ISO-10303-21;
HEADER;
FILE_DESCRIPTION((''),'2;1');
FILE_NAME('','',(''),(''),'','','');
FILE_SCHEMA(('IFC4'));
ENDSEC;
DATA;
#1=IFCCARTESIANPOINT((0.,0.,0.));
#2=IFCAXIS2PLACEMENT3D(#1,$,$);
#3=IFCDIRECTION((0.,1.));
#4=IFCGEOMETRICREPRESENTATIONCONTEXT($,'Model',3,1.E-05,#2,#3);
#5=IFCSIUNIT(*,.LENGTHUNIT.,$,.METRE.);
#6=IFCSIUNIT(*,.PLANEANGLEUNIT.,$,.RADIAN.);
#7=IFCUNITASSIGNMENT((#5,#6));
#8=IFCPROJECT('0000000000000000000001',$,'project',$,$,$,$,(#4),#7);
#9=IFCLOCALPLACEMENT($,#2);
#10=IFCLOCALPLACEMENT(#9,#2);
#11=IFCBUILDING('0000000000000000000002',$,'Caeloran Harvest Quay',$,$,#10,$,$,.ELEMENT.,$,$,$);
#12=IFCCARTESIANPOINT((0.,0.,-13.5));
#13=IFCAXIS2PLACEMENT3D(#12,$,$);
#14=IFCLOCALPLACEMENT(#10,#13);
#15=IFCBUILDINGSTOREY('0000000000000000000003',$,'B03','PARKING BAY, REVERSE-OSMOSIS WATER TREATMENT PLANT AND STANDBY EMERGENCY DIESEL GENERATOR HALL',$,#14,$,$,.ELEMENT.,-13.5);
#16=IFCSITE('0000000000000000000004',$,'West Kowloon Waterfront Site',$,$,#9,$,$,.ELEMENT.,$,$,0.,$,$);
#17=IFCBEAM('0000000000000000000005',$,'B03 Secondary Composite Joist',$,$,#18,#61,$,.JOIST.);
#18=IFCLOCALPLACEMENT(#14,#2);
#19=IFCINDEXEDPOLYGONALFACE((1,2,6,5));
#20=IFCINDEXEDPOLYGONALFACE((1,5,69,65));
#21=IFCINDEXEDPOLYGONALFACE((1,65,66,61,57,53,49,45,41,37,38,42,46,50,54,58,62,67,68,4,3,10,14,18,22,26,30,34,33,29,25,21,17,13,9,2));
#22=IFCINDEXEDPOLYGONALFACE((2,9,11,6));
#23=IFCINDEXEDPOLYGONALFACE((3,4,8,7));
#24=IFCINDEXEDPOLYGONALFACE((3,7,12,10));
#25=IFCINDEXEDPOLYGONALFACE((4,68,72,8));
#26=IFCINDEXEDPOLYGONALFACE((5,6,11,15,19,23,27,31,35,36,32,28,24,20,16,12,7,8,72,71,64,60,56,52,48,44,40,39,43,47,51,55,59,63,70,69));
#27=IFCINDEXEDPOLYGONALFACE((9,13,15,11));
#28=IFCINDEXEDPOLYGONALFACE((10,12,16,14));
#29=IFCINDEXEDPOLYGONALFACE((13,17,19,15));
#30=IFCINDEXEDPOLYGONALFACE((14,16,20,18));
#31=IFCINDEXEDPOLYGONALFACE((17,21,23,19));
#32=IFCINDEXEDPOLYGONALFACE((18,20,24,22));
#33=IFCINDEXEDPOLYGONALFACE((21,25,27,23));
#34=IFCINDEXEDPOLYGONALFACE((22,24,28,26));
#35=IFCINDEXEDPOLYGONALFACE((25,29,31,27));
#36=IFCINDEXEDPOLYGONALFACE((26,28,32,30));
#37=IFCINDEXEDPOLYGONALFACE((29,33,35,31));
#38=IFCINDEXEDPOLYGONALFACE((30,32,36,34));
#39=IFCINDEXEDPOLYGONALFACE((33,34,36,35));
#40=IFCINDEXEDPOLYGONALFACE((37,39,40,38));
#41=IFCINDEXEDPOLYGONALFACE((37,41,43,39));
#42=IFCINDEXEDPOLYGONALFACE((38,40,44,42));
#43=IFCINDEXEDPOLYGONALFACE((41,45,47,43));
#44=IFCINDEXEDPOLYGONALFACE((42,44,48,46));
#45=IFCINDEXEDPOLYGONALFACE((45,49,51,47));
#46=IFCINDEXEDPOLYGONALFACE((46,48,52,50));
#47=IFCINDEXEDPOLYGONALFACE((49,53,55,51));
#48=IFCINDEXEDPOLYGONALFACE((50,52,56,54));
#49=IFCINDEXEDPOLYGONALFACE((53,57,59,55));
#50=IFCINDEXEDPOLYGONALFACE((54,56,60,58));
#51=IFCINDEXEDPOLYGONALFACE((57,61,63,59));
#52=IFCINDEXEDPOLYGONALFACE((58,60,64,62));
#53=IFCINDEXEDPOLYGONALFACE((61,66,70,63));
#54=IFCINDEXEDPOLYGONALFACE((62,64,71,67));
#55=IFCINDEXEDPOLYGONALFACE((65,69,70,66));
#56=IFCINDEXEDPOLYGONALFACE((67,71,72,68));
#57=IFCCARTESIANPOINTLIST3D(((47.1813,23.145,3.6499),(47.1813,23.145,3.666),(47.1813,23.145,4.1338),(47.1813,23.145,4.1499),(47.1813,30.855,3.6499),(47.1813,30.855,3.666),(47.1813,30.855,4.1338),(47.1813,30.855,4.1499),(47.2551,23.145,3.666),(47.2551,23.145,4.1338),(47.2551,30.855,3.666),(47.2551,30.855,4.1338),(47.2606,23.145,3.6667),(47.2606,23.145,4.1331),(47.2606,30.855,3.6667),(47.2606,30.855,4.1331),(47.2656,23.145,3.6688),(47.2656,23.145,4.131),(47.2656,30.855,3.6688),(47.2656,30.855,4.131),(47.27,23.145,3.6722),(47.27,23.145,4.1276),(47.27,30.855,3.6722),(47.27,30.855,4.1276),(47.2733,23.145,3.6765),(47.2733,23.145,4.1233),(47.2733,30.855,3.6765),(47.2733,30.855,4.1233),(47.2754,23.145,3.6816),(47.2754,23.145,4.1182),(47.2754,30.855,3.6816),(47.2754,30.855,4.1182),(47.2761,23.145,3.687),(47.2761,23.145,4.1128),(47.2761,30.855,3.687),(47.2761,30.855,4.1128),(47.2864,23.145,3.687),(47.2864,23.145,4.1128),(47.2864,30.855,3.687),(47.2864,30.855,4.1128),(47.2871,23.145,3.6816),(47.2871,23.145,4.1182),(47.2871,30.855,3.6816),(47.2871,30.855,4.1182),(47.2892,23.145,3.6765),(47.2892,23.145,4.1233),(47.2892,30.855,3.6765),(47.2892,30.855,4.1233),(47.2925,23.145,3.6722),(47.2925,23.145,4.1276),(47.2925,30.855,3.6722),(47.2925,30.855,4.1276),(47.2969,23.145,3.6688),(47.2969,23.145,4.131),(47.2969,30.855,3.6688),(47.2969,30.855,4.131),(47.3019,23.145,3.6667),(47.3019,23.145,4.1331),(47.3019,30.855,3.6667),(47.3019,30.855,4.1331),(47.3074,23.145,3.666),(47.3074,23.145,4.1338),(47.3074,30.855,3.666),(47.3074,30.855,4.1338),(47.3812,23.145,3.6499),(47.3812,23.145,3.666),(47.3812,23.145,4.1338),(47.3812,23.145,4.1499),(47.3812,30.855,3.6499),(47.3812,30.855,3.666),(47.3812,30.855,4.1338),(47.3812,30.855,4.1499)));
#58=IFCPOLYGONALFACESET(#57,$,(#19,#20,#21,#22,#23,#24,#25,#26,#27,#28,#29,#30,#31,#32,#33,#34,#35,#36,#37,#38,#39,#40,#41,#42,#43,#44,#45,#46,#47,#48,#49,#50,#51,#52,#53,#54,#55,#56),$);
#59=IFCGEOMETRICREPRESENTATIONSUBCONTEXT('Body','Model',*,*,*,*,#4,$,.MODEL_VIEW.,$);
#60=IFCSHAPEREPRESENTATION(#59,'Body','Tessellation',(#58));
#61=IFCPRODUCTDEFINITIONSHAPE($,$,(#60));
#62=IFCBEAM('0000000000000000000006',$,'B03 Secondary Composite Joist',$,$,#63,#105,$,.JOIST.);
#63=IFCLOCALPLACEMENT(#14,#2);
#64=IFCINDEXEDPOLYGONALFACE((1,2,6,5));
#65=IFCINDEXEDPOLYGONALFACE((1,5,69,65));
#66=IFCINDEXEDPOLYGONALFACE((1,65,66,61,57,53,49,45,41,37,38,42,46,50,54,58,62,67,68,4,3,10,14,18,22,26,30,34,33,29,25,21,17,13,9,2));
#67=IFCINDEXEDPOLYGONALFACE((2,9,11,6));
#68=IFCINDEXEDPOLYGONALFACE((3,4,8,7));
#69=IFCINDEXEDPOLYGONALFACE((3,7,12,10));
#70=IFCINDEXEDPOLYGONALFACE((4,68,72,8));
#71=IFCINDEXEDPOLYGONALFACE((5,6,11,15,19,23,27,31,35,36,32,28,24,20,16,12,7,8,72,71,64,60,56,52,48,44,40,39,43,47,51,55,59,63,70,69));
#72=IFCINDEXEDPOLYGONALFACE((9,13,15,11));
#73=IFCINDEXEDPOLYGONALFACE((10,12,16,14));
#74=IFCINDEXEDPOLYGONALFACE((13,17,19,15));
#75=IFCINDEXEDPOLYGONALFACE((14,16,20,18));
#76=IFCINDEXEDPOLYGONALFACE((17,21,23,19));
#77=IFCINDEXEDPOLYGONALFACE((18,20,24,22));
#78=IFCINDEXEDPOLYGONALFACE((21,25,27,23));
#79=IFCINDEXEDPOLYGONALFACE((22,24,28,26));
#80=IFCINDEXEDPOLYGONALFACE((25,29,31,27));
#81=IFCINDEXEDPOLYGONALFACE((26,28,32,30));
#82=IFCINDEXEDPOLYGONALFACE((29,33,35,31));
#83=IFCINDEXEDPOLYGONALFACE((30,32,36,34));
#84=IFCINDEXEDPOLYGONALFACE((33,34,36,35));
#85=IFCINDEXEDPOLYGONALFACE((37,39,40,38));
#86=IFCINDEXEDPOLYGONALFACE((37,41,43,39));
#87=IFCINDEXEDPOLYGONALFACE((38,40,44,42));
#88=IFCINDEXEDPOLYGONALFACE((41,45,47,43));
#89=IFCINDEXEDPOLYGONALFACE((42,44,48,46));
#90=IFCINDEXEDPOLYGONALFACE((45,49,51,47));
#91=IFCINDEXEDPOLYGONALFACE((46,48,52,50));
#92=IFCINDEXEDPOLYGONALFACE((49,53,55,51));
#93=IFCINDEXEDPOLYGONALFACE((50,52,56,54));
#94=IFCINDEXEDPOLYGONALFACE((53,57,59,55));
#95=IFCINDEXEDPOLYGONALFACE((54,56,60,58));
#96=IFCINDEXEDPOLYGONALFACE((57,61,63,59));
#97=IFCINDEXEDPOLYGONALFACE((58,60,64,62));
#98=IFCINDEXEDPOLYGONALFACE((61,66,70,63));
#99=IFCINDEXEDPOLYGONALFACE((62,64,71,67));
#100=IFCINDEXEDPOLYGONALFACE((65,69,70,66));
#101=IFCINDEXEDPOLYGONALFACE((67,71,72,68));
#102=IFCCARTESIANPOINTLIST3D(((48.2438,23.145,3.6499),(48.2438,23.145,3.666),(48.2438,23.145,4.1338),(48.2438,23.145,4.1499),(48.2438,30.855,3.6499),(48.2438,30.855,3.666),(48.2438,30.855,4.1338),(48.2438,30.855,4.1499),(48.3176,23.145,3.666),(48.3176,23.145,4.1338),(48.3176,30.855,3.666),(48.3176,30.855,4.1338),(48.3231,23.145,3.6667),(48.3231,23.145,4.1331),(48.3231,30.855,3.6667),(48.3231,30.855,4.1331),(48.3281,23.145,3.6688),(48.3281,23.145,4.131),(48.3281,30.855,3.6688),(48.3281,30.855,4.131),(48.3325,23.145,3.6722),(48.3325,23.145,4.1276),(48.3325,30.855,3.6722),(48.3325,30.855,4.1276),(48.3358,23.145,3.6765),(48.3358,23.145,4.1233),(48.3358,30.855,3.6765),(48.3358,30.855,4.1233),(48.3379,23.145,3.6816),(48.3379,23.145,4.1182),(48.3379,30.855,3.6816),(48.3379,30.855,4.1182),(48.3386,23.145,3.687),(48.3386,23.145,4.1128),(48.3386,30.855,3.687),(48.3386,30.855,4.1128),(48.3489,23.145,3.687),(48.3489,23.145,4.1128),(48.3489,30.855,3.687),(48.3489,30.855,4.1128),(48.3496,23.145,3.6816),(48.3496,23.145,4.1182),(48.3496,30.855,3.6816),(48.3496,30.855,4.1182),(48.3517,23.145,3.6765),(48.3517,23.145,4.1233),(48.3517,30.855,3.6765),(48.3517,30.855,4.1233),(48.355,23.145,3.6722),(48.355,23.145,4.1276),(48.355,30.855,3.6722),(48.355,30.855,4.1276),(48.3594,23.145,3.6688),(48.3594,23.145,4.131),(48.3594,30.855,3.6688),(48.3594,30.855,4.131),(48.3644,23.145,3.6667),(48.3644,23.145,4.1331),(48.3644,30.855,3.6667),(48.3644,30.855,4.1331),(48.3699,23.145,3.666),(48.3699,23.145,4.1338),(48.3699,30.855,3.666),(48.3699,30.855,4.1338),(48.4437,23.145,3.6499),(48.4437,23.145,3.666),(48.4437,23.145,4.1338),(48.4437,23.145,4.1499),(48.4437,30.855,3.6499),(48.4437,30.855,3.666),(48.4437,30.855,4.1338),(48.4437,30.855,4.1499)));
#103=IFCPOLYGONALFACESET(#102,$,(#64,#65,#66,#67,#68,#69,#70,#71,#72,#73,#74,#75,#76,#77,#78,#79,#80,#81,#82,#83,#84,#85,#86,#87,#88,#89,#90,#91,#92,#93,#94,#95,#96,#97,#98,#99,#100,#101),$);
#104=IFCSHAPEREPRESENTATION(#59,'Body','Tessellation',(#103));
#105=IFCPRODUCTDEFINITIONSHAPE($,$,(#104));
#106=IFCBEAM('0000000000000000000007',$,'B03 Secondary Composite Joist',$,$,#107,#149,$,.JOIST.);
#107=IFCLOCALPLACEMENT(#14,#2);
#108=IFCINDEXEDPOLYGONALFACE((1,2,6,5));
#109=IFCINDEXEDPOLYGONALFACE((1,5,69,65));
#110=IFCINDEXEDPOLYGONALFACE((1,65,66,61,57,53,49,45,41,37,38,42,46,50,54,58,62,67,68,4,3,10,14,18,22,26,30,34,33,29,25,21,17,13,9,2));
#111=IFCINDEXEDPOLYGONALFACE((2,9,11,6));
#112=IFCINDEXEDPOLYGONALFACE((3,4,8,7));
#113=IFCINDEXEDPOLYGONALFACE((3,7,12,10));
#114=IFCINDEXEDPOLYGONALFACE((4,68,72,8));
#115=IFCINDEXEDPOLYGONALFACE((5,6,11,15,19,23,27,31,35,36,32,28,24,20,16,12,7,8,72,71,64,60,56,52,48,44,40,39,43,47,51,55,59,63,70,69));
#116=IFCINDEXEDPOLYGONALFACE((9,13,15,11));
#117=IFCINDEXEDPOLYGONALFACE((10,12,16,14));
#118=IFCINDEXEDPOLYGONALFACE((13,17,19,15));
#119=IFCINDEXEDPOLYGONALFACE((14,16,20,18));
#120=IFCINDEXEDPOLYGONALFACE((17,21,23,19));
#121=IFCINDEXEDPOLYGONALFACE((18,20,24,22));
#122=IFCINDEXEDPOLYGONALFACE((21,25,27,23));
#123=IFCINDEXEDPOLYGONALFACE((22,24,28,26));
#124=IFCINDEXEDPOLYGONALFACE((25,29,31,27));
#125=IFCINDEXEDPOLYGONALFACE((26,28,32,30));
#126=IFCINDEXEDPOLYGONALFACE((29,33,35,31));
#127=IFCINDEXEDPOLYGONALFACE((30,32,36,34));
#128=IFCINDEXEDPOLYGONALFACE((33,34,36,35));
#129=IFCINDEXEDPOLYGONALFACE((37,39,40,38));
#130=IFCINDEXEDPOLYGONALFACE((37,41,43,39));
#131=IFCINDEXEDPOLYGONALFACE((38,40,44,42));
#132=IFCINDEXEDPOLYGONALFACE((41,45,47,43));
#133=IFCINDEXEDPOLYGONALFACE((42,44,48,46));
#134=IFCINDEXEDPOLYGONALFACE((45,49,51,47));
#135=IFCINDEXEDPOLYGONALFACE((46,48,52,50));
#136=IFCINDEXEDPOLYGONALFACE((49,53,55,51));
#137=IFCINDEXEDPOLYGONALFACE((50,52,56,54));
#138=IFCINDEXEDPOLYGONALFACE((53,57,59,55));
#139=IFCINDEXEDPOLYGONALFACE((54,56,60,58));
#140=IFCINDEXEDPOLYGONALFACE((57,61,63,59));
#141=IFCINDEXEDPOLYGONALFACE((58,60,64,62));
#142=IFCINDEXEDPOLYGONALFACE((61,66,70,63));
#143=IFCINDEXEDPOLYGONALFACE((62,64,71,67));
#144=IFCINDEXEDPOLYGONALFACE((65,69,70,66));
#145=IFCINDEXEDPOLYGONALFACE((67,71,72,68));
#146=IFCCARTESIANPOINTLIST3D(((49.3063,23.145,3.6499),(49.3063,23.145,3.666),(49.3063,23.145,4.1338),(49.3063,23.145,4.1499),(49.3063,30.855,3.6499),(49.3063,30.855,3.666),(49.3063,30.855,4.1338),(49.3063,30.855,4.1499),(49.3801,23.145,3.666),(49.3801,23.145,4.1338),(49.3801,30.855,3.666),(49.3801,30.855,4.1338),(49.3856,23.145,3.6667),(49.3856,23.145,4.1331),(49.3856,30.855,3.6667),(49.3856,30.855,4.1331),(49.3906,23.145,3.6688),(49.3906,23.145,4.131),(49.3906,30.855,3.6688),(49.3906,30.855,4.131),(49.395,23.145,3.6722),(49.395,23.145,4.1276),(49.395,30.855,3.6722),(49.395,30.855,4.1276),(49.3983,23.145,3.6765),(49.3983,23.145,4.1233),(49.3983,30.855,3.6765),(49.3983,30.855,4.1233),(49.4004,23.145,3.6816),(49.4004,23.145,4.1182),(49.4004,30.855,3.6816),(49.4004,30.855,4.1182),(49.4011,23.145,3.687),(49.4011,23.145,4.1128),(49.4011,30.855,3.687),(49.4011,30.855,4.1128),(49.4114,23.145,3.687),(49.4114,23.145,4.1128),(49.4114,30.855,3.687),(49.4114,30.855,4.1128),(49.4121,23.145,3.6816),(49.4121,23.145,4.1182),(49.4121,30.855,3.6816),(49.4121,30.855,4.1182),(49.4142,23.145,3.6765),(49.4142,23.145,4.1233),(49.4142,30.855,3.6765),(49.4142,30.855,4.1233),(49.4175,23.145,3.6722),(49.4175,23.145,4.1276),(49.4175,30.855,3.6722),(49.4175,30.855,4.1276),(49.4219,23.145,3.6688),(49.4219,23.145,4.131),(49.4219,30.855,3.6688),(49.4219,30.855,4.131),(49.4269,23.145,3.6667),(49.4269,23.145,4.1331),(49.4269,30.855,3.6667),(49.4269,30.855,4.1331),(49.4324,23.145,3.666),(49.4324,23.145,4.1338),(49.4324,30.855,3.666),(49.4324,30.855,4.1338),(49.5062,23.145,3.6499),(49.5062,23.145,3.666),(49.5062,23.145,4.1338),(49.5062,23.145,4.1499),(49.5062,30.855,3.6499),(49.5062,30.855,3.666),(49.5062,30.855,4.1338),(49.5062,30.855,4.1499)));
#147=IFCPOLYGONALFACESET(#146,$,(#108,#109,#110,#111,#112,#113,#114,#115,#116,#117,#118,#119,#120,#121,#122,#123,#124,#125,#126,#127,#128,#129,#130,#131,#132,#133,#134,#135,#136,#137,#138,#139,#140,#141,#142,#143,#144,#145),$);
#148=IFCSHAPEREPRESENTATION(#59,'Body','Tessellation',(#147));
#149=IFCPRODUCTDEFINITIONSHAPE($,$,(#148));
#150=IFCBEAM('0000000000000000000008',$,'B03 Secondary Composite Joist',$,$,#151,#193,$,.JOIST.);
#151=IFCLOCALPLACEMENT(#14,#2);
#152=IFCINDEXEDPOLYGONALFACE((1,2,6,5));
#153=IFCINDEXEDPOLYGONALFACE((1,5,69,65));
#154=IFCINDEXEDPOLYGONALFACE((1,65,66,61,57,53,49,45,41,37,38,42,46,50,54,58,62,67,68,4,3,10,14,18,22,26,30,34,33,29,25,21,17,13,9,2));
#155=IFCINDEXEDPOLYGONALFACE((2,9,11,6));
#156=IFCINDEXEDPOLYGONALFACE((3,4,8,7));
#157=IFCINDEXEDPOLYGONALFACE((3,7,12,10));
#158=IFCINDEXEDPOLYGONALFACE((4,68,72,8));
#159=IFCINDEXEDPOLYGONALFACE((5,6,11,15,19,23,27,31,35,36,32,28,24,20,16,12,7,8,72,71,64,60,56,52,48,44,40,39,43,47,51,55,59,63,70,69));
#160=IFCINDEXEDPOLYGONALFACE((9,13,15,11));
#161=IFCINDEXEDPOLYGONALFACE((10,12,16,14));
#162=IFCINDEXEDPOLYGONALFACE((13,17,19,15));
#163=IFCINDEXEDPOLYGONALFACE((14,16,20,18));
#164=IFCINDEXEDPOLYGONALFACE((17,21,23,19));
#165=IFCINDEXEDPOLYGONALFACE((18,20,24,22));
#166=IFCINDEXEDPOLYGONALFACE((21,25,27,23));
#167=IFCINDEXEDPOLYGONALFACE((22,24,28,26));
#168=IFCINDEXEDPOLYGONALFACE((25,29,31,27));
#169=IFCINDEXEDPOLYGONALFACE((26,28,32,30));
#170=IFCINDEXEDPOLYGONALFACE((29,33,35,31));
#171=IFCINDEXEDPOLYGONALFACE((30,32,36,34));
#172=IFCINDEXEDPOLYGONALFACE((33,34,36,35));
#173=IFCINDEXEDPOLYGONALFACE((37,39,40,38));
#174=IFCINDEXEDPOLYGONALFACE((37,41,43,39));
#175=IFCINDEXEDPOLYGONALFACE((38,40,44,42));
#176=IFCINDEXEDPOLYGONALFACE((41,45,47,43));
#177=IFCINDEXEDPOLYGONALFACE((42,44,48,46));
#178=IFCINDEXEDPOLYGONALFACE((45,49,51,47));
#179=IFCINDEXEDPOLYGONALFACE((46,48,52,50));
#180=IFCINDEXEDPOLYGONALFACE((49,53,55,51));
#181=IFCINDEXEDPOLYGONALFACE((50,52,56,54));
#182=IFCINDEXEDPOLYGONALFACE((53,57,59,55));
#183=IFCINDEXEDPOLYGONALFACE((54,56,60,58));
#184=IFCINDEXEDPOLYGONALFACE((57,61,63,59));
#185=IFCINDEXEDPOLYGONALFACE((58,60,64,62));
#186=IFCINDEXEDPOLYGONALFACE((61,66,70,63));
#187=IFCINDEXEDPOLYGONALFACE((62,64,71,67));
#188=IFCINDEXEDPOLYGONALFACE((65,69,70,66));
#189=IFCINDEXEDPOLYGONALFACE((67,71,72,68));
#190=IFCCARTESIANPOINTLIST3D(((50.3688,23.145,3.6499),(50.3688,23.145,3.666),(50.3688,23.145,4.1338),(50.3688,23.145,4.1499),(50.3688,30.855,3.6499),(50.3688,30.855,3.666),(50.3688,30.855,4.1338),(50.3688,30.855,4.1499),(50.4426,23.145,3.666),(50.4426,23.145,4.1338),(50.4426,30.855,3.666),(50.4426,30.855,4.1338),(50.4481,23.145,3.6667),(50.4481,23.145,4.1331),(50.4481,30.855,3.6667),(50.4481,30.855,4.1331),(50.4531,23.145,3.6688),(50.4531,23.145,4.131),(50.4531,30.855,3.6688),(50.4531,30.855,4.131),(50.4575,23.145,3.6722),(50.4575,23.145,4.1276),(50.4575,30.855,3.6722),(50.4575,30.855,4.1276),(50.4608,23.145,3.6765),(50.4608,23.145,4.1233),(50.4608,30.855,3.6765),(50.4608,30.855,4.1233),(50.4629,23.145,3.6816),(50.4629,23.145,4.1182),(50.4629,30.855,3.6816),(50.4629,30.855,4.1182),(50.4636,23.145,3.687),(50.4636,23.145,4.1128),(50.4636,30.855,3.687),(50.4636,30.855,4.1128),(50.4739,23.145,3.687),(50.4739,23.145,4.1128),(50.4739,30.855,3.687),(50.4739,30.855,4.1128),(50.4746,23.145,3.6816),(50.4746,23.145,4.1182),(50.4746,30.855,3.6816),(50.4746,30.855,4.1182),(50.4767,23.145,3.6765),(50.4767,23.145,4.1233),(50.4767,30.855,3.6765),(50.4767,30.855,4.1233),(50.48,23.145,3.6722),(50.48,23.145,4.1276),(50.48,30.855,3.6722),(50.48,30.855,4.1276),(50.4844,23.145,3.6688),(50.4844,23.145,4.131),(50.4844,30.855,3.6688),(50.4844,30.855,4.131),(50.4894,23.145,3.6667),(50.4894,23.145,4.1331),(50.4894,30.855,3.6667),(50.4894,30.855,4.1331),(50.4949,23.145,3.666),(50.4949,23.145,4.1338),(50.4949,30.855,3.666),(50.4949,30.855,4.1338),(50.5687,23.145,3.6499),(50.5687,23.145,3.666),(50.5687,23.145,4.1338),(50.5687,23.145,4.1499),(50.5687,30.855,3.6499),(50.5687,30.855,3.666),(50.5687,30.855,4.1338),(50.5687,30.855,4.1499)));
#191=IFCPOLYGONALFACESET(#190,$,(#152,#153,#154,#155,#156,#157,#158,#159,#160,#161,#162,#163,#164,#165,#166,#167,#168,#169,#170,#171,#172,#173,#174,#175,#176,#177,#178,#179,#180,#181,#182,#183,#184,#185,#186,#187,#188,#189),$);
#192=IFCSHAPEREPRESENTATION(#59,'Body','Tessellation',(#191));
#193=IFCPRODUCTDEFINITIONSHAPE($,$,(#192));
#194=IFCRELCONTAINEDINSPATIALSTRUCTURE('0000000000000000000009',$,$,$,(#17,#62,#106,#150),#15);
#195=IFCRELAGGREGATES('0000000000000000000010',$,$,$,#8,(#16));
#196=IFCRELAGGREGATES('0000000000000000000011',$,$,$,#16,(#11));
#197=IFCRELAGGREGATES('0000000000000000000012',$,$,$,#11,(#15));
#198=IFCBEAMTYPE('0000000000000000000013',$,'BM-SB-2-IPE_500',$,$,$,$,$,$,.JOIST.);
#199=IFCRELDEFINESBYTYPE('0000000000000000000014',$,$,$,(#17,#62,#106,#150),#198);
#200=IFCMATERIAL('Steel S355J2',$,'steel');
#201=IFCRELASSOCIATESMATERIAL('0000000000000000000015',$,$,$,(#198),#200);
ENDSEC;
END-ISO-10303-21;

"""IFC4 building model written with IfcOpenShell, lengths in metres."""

from ifc_helpers import new_model, si_unit, direction, frame, origin, origin_2d, place, context, subcontext, project, spatial, i_section, extrude, material, material_profile, profile_set, type_object, element, save


model = new_model("IFC4")

# Units and contexts
model_context = context("Model", 3, precision=1e-05, world=origin(), true_north=direction((0.0, 1.0)))
body_context = subcontext(model_context, "Body", "Model", "MODEL_VIEW")
ifc_project = project(units=[si_unit("LENGTHUNIT", "METRE"), si_unit("PLANEANGLEUNIT", "RADIAN")], contexts=[model_context])

# Site, building, storey
site_placement = place(None, origin())
site = spatial("IfcSite", under=ifc_project, at=site_placement, Name="West Kowloon Waterfront Site", CompositionType="ELEMENT", RefElevation=0.0)
building_placement = place(site_placement, origin())
building = spatial("IfcBuilding", under=site, at=building_placement, Name="Caeloran Harvest Quay", CompositionType="ELEMENT")
storey_placement = place(building_placement, frame((0.0, 0.0, -13.5)))
storey = spatial("IfcBuildingStorey", under=building, at=storey_placement, Name="B03", Description="PARKING BAY, REVERSE-OSMOSIS WATER TREATMENT PLANT AND STANDBY EMERGENCY DIESEL GENERATOR HALL", CompositionType="ELEMENT", Elevation=-13.5)

# Beams
ifc_material_1 = material(Name="Steel S355J2", Category="steel")
ifc_material_profile_1 = material_profile(ifc_material_1, i_section(OverallWidth=0.2, OverallDepth=0.5, WebThickness=0.0103, FlangeThickness=0.0161, FilletRadius=0.021, at=origin_2d()), Name="IPE 500")
ifc_profile_set_1 = profile_set([ifc_material_profile_1], Name="Steel S355J2")
beam_type_1 = type_object("IfcBeamType", Name="BM-SB-2-IPE_500", PredefinedType="JOIST", material=ifc_profile_set_1)
for number, where, z_axis, x_axis, name in (
    (1, (47.2812, 23.145, 3.8999), (0.0, 1.0, 0.0), (-1.0, 0.0, 0.0), "B03 Secondary Composite Joist"),
    (2, (48.3438, 23.145, 3.8999), (0.0, 1.0, 0.0), (-1.0, 0.0, 0.0), "B03 Secondary Composite Joist"),
    (3, (49.4062, 23.145, 3.8999), (0.0, 1.0, 0.0), (-1.0, 0.0, 0.0), "B03 Secondary Composite Joist"),
    (4, (50.4688, 23.145, 3.8999), (0.0, 1.0, 0.0), (-1.0, 0.0, 0.0), "B03 Secondary Composite Joist"),
):
    element("IfcBeam", number, at=place(storey_placement, frame(where, z_axis=z_axis, x_axis=x_axis)), inside=storey, type_object=beam_type_1, Name=name, PredefinedType="JOIST", context=body_context, shape_type="SweptSolid", body=[
        extrude(i_section(OverallWidth=0.2, OverallDepth=0.5, WebThickness=0.0103, FlangeThickness=0.0161, FilletRadius=0.021, at=origin_2d()), origin(), (0.0, 0.0, 1.0), 7.71),
    ])

save(model, "model.ifc")
